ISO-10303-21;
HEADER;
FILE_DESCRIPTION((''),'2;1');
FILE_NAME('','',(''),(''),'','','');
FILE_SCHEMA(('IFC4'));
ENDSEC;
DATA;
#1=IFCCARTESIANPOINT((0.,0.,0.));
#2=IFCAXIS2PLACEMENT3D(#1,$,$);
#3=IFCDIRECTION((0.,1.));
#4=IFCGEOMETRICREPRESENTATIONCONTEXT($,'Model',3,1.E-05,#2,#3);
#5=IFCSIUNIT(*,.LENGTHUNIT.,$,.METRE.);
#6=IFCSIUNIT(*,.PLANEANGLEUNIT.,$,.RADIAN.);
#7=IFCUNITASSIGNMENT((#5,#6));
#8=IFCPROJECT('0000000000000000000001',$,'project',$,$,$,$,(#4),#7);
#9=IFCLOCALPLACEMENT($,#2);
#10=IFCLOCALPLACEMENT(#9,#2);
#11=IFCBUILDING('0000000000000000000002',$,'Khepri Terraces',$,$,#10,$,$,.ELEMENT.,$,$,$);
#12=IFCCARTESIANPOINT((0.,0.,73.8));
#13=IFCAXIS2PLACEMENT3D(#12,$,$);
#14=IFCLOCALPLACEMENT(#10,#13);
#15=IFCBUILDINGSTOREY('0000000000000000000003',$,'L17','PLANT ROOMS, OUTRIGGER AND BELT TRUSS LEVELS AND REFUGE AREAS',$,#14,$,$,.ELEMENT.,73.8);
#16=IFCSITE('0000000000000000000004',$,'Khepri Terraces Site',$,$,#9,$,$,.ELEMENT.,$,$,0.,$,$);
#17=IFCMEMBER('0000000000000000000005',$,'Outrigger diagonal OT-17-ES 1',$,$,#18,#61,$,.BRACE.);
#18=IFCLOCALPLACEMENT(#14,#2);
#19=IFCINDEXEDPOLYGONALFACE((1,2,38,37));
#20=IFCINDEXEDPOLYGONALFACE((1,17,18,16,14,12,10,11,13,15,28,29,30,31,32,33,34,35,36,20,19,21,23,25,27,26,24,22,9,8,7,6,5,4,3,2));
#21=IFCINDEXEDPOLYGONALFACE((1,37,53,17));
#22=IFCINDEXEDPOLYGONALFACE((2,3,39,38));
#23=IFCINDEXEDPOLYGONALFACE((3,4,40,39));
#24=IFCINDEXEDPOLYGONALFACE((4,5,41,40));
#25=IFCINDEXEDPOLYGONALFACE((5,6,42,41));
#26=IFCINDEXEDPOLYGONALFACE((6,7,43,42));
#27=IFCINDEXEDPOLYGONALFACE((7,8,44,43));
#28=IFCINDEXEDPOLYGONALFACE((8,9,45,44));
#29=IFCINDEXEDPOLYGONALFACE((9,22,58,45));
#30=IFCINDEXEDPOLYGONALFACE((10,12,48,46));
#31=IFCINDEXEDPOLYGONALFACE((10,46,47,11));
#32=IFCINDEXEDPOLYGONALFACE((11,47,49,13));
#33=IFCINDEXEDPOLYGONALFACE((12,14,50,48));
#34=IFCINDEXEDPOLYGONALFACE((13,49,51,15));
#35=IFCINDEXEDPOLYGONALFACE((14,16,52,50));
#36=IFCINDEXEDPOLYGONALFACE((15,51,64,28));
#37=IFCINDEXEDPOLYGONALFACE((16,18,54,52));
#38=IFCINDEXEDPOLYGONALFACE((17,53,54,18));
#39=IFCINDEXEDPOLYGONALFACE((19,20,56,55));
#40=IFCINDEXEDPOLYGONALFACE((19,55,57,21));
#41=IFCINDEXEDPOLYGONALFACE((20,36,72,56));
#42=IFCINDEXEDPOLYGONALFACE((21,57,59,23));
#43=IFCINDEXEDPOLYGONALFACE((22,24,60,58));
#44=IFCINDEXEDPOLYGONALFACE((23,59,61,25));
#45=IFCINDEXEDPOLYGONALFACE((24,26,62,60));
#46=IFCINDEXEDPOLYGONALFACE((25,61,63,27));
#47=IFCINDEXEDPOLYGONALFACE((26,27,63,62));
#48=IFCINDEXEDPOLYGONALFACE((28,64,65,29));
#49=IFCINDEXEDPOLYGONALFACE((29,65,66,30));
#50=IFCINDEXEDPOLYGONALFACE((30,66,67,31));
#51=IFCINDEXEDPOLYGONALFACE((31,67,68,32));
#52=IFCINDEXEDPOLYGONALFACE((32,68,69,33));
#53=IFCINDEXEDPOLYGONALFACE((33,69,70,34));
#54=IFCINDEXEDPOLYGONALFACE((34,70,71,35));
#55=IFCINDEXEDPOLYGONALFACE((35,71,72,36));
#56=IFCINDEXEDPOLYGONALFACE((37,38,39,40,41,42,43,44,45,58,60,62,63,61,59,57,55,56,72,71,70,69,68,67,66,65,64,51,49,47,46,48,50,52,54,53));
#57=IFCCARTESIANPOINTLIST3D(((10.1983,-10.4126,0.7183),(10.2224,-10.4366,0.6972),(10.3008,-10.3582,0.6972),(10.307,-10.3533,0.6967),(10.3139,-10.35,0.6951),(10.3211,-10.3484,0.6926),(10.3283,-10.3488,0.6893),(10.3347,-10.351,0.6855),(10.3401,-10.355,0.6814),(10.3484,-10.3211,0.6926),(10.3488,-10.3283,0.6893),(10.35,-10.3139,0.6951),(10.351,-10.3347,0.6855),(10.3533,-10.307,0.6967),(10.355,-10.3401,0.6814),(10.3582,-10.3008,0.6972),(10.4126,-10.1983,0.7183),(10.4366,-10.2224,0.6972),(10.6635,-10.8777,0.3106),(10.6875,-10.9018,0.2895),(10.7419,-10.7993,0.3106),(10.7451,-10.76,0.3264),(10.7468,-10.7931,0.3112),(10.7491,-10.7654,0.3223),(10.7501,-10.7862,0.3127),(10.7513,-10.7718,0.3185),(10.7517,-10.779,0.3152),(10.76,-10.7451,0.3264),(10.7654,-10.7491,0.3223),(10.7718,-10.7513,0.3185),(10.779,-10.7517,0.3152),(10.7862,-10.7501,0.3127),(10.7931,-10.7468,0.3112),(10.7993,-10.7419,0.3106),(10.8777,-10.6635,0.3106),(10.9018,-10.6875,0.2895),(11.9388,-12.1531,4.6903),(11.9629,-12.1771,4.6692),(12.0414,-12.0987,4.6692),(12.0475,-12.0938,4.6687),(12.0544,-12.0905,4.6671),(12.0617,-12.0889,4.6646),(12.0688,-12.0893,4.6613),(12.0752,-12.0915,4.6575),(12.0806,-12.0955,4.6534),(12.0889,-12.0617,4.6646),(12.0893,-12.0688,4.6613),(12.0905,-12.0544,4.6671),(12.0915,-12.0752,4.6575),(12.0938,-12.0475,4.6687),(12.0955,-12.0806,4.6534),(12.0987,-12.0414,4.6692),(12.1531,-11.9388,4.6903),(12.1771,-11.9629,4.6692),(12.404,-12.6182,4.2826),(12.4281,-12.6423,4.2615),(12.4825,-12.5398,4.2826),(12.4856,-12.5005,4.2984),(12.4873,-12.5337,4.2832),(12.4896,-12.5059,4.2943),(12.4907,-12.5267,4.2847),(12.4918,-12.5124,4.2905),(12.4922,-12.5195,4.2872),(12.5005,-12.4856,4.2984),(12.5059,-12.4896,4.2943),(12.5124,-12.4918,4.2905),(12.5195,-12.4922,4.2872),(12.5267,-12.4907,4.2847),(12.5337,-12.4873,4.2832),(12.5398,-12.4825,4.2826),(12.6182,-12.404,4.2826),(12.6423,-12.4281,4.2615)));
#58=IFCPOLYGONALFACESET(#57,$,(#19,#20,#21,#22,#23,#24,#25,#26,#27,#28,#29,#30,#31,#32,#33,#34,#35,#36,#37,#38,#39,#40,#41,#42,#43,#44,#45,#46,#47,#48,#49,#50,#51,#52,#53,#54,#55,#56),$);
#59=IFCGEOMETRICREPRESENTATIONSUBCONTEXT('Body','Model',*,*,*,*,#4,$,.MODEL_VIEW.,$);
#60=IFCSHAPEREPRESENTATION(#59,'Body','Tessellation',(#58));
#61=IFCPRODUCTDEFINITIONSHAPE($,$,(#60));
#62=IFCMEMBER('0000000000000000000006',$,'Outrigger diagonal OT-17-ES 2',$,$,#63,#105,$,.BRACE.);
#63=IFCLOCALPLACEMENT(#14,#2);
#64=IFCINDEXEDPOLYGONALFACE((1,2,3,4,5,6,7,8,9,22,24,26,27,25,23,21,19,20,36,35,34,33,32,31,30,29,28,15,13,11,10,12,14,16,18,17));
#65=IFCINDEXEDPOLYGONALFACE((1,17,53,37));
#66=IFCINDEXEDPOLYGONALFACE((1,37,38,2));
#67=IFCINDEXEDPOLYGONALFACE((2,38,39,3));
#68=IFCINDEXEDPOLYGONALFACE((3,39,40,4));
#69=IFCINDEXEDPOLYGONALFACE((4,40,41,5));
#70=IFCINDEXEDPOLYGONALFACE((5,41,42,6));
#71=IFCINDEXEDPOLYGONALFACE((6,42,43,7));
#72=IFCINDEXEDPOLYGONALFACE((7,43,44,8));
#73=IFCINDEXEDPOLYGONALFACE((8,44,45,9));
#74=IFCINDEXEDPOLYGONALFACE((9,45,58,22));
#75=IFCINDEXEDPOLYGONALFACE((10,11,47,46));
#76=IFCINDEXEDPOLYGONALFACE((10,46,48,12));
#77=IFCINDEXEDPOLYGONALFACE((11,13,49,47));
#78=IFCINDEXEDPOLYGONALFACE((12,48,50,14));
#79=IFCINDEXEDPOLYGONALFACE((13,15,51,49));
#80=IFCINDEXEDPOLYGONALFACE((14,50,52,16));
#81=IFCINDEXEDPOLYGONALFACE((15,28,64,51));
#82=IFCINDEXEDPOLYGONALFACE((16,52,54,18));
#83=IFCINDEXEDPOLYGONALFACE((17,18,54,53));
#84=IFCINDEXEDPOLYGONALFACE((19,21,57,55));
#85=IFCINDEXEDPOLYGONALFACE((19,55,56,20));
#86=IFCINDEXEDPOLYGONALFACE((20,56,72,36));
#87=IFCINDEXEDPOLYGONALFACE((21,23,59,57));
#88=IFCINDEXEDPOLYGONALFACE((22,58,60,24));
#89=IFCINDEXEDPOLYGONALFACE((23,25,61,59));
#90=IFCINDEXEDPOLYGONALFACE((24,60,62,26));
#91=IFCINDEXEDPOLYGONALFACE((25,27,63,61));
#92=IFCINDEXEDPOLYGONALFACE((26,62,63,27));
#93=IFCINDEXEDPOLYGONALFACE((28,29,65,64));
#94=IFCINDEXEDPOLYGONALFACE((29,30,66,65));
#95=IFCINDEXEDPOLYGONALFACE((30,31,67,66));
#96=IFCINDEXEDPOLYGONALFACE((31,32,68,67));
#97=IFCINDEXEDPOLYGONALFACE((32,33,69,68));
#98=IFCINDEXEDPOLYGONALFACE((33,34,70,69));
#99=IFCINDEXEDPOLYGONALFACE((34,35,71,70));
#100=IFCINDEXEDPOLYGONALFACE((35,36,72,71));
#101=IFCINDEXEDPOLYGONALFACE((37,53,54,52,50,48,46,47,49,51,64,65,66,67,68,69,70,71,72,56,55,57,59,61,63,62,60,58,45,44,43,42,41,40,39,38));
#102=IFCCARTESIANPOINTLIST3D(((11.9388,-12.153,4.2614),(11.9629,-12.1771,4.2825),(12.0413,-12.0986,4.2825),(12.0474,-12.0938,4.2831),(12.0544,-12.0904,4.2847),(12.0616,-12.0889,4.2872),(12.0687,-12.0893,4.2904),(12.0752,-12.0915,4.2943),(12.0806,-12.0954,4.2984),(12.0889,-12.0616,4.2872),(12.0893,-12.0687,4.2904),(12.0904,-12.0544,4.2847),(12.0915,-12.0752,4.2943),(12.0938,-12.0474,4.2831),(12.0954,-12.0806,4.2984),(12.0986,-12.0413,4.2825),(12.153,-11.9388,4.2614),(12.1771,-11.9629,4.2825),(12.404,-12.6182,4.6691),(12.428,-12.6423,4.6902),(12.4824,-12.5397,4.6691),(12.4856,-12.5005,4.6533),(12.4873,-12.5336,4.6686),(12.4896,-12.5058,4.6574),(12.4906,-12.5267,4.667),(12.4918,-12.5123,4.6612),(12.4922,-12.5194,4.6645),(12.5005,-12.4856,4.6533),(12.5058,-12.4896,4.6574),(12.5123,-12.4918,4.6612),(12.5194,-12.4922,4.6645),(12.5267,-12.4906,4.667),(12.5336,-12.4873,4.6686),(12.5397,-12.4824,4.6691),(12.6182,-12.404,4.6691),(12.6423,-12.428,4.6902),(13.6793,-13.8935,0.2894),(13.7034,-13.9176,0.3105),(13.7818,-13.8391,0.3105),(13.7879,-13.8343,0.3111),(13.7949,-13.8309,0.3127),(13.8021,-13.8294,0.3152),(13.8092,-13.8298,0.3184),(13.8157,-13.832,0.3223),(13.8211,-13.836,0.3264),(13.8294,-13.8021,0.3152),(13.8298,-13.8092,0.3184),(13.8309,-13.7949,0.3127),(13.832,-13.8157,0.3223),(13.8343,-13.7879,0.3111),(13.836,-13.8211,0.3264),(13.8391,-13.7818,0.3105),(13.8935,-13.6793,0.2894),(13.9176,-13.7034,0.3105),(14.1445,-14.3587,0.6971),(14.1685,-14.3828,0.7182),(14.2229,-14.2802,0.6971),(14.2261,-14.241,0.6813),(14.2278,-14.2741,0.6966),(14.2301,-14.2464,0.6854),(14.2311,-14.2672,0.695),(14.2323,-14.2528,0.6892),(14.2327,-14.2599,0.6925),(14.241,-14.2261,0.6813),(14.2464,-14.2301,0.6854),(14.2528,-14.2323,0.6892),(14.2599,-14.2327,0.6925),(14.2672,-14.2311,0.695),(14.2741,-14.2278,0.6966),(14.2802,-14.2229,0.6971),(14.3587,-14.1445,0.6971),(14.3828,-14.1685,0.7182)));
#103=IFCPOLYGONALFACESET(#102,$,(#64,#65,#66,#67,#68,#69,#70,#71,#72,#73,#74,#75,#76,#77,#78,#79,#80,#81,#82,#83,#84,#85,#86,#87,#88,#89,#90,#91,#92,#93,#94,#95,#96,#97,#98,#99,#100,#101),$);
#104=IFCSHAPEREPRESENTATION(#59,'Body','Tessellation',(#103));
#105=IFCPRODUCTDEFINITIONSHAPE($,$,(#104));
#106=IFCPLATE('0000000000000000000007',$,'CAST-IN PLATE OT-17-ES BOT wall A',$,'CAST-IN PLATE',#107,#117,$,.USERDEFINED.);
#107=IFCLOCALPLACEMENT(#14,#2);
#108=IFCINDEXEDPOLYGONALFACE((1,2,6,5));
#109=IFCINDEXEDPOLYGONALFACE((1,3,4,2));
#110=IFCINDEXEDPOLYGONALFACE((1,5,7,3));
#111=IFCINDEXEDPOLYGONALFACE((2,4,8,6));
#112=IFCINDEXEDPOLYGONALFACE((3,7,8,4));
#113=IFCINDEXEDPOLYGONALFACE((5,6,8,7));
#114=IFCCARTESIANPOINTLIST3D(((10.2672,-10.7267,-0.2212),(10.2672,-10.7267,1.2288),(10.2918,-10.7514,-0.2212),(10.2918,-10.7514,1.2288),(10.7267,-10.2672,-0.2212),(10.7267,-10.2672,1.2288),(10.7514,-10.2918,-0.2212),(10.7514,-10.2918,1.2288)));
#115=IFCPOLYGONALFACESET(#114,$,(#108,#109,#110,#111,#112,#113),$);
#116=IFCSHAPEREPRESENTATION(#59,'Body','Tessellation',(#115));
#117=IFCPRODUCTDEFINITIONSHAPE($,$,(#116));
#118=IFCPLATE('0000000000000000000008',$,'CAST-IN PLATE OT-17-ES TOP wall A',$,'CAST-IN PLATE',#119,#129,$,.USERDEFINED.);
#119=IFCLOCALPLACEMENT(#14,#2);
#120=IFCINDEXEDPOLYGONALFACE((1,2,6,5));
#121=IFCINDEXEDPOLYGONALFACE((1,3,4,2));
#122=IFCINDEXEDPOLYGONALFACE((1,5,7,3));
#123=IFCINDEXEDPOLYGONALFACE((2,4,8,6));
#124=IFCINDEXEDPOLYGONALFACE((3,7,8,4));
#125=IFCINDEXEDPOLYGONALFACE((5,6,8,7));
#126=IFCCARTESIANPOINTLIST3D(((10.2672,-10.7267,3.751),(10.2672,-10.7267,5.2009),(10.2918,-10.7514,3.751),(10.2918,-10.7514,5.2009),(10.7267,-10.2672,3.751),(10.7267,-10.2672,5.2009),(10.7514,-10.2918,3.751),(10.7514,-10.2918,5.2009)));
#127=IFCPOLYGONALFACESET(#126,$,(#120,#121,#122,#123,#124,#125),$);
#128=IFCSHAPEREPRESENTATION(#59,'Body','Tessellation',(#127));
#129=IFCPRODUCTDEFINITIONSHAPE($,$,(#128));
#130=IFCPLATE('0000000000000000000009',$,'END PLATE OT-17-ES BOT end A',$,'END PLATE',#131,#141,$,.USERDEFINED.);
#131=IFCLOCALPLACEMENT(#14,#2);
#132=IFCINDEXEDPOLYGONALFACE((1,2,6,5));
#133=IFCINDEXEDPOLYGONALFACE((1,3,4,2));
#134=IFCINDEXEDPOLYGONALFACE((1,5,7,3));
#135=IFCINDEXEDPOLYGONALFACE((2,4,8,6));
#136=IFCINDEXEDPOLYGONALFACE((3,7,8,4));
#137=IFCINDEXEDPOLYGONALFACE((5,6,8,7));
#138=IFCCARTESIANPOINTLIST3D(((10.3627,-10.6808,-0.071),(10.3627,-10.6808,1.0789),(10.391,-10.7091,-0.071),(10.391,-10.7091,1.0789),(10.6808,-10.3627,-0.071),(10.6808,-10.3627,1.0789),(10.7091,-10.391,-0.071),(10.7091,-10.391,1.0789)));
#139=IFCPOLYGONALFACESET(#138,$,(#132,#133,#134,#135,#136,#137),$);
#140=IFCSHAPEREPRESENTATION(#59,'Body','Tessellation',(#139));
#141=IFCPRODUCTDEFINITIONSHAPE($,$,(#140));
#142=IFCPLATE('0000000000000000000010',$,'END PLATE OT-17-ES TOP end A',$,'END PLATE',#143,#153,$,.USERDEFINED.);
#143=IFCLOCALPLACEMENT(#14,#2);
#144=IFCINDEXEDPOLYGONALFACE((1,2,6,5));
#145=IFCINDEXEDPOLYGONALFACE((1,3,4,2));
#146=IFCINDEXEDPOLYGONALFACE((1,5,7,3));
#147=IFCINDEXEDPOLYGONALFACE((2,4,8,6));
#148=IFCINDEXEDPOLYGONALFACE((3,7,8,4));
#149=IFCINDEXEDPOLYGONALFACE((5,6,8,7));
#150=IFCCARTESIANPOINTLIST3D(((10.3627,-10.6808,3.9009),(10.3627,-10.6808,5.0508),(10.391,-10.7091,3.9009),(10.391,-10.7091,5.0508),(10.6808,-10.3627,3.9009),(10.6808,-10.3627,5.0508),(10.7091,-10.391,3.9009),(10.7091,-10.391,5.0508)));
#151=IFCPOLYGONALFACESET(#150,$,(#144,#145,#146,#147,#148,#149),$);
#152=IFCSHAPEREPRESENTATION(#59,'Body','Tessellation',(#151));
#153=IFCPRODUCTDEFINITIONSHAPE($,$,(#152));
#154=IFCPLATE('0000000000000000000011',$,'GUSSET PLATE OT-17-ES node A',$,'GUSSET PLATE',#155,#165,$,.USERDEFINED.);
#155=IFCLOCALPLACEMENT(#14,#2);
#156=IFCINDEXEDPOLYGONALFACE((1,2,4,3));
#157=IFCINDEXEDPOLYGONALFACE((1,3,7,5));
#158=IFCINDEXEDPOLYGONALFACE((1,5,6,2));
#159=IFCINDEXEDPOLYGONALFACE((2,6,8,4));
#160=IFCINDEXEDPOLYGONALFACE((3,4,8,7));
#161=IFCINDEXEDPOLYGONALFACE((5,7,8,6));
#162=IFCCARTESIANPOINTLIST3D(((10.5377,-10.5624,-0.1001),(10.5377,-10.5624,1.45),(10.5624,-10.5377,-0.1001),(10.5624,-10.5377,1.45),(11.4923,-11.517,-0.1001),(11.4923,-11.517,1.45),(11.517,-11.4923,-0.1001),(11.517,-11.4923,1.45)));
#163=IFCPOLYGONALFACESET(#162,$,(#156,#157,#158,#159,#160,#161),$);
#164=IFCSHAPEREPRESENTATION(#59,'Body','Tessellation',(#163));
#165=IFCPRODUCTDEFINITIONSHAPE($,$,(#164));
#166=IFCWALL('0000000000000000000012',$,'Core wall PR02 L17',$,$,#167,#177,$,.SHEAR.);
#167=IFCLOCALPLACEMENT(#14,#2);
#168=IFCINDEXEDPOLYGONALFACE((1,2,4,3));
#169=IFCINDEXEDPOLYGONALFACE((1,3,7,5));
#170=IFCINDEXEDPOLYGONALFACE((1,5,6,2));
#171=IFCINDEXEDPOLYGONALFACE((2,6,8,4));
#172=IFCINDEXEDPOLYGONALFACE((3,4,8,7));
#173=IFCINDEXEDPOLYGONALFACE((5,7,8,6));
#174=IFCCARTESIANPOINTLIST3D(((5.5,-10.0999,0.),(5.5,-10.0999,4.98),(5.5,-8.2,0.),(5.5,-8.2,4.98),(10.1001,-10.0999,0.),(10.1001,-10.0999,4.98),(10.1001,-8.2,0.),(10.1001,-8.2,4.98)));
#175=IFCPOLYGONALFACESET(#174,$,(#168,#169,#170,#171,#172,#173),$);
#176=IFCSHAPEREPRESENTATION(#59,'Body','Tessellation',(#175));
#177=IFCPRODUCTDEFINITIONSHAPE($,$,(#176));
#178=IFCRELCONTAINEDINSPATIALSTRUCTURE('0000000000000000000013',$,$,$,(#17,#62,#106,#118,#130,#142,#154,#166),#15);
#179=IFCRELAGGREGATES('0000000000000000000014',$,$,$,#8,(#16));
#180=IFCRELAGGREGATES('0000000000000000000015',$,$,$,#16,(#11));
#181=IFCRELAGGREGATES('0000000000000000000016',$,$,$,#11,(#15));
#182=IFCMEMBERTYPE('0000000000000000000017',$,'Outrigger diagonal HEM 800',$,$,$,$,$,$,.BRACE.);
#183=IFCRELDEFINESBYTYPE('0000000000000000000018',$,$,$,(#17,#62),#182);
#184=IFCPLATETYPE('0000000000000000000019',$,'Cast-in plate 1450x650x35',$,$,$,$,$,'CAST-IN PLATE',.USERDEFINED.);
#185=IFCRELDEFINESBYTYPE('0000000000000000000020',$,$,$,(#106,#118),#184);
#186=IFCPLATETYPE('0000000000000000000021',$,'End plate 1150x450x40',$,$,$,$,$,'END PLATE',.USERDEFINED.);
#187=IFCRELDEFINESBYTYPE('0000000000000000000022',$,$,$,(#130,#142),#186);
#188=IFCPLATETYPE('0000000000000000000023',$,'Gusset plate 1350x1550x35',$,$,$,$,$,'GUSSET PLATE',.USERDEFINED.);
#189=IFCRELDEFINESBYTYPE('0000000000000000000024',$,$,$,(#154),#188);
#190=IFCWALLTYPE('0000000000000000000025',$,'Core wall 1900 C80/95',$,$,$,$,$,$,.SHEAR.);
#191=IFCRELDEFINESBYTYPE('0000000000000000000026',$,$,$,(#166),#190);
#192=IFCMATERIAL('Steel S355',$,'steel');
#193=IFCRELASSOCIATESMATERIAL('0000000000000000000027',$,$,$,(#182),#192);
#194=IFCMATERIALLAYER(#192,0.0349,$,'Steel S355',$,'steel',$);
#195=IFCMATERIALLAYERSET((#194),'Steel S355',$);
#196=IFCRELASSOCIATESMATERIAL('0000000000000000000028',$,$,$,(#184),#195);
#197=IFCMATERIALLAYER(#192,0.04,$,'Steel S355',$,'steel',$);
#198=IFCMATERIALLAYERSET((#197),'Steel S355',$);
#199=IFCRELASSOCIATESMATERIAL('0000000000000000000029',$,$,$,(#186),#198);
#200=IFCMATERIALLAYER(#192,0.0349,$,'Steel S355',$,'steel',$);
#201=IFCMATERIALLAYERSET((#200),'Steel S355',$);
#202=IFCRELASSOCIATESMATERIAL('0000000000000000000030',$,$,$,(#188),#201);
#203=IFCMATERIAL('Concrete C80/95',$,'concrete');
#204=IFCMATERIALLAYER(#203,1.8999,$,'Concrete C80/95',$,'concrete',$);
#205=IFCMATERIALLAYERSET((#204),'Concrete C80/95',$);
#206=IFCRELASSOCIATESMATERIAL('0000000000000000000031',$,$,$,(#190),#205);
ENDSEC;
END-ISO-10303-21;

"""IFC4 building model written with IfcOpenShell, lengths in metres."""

from ifc_helpers import new_model, si_unit, direction, frame, frame_2d, origin, origin_2d, place, context, subcontext, project, spatial, rectangle, i_section, extrude, material, layer, layer_set, material_profile, profile_set, type_object, element, save


model = new_model("IFC4")

# Units and contexts
model_context = context("Model", 3, precision=1e-05, world=origin(), true_north=direction((0.0, 1.0)))
body_context = subcontext(model_context, "Body", "Model", "MODEL_VIEW")
ifc_project = project(units=[si_unit("LENGTHUNIT", "METRE"), si_unit("PLANEANGLEUNIT", "RADIAN")], contexts=[model_context])

# Site, building, storey
site_placement = place(None, origin())
site = spatial("IfcSite", under=ifc_project, at=site_placement, Name="Khepri Terraces Site", CompositionType="ELEMENT", RefElevation=0.0)
building_placement = place(site_placement, origin())
building = spatial("IfcBuilding", under=site, at=building_placement, Name="Khepri Terraces", CompositionType="ELEMENT")
storey_placement = place(building_placement, frame((0.0, 0.0, 73.8)))
storey = spatial("IfcBuildingStorey", under=building, at=storey_placement, Name="L17", Description="PLANT ROOMS, OUTRIGGER AND BELT TRUSS LEVELS AND REFUGE AREAS", CompositionType="ELEMENT", Elevation=73.8)

# Members
ifc_material_1 = material(Name="Steel S355", Category="steel")
ifc_material_profile_1 = material_profile(ifc_material_1, i_section(OverallWidth=0.303, OverallDepth=0.814, WebThickness=0.021, FlangeThickness=0.04, FilletRadius=0.03, at=origin_2d()), Name="Steel S355", Category="steel")
ifc_profile_set_1 = profile_set([ifc_material_profile_1], Name="Steel S355")
member_type_1 = type_object("IfcMemberType", Name="Outrigger diagonal HEM 800", PredefinedType="BRACE", material=ifc_profile_set_1)
for number, where, z_axis, x_axis, name in (
    (1, (10.55, -10.55, 0.5039), (0.372473, -0.372473, 0.850016), (0.707107, 0.707107, 0.0), "Outrigger diagonal OT-17-ES 1"),
    (2, (12.2905, -12.2905, 4.4758), (0.372473, -0.372473, -0.850016), (0.707107, 0.707107, 0.0), "Outrigger diagonal OT-17-ES 2"),
):
    element("IfcMember", number, at=place(storey_placement, frame(where, z_axis=z_axis, x_axis=x_axis)), inside=storey, type_object=member_type_1, Name=name, PredefinedType="BRACE", context=body_context, shape_type="SweptSolid", body=[
        extrude(i_section(OverallWidth=0.303, OverallDepth=0.814, WebThickness=0.021, FlangeThickness=0.04, FilletRadius=0.03, at=origin_2d()), origin(), (0.0, 0.0, 1.0), 4.6729),
    ])

# Plates
ifc_layer_1 = layer(ifc_material_1, 0.0349, Name="Steel S355", Category="steel")
ifc_layer_set_1 = layer_set([ifc_layer_1], Name="Steel S355")
plate_type_1 = type_object("IfcPlateType", Name="Cast-in plate 1450x650x35", ElementType="CAST-IN PLATE", PredefinedType="USERDEFINED", material=ifc_layer_set_1)
for number, where, z_axis, x_axis, name in (
    (3, (10.5093, -10.5093, -0.2212), (0.0, 0.0, 1.0), (0.707107, -0.707107, 0.0), "CAST-IN PLATE OT-17-ES BOT wall A"),
    (4, (10.5093, -10.5093, 3.751), (0.0, 0.0, 1.0), (0.707107, -0.707107, 0.0), "CAST-IN PLATE OT-17-ES TOP wall A"),
):
    element("IfcPlate", number, at=place(storey_placement, frame(where, z_axis=z_axis, x_axis=x_axis)), inside=storey, type_object=plate_type_1, Name=name, ObjectType="CAST-IN PLATE", PredefinedType="USERDEFINED", context=body_context, shape_type="SweptSolid", body=[
        extrude(rectangle(XDim=0.0349, YDim=0.6499, at=origin_2d()), origin(), (0.0, 0.0, 1.0), 1.45),
    ])
ifc_layer_2 = layer(ifc_material_1, 0.04, Name="Steel S355", Category="steel")
ifc_layer_set_2 = layer_set([ifc_layer_2], Name="Steel S355")
plate_type_2 = type_object("IfcPlateType", Name="End plate 1150x450x40", ElementType="END PLATE", PredefinedType="USERDEFINED", material=ifc_layer_set_2)
for number, where, z_axis, x_axis, name in (
    (5, (10.5359, -10.5359, -0.071), (0.0, 0.0, 1.0), (0.707107, -0.707107, 0.0), "END PLATE OT-17-ES BOT end A"),
    (6, (10.5359, -10.5359, 3.9009), (0.0, 0.0, 1.0), (0.707107, -0.707107, 0.0), "END PLATE OT-17-ES TOP end A"),
):
    element("IfcPlate", number, at=place(storey_placement, frame(where, z_axis=z_axis, x_axis=x_axis)), inside=storey, type_object=plate_type_2, Name=name, ObjectType="END PLATE", PredefinedType="USERDEFINED", context=body_context, shape_type="SweptSolid", body=[
        extrude(rectangle(XDim=0.04, YDim=0.45, at=origin_2d()), origin(), (0.0, 0.0, 1.0), 1.1499),
    ])
ifc_layer_3 = layer(ifc_material_1, 0.0349, Name="Steel S355", Category="steel")
ifc_layer_set_3 = layer_set([ifc_layer_3], Name="Steel S355")
plate_type_3 = type_object("IfcPlateType", Name="Gusset plate 1350x1550x35", ElementType="GUSSET PLATE", PredefinedType="USERDEFINED", material=ifc_layer_set_3)
plate_placement = place(storey_placement, frame((11.0273, -11.0273, -0.1001), z_axis=(0.0, 0.0, 1.0), x_axis=(0.707107, -0.707107, 0.0)))
element("IfcPlate", 7, at=plate_placement, inside=storey, type_object=plate_type_3, Name="GUSSET PLATE OT-17-ES node A", ObjectType="GUSSET PLATE", PredefinedType="USERDEFINED", context=body_context, shape_type="SweptSolid", body=[
    extrude(rectangle(XDim=1.3501, YDim=0.0349, at=origin_2d()), origin(), (0.0, 0.0, 1.0), 1.55),
])

# Wall
ifc_material_2 = material(Name="Concrete C80/95", Category="concrete")
ifc_layer_4 = layer(ifc_material_2, 1.8999, Name="Concrete C80/95", Category="concrete")
ifc_layer_set_4 = layer_set([ifc_layer_4], Name="Concrete C80/95")
wall_type_1 = type_object("IfcWallType", Name="Core wall 1900 C80/95", PredefinedType="SHEAR", material=ifc_layer_set_4)
wall_1_placement = place(storey_placement, frame((5.5, -9.1499, 0.0), z_axis=(0.0, 0.0, 1.0), x_axis=(1.0, 0.0, 0.0)))
element("IfcWall", 8, at=wall_1_placement, inside=storey, type_object=wall_type_1, Name="Core wall PR02 L17", PredefinedType="SHEAR", context=body_context, shape_type="SweptSolid", body=[
    extrude(rectangle(XDim=4.6001, YDim=1.8999, at=frame_2d((2.3, 0.0))), origin(), (0.0, 0.0, 1.0), 4.98),
])

save(model, "model.ifc")
